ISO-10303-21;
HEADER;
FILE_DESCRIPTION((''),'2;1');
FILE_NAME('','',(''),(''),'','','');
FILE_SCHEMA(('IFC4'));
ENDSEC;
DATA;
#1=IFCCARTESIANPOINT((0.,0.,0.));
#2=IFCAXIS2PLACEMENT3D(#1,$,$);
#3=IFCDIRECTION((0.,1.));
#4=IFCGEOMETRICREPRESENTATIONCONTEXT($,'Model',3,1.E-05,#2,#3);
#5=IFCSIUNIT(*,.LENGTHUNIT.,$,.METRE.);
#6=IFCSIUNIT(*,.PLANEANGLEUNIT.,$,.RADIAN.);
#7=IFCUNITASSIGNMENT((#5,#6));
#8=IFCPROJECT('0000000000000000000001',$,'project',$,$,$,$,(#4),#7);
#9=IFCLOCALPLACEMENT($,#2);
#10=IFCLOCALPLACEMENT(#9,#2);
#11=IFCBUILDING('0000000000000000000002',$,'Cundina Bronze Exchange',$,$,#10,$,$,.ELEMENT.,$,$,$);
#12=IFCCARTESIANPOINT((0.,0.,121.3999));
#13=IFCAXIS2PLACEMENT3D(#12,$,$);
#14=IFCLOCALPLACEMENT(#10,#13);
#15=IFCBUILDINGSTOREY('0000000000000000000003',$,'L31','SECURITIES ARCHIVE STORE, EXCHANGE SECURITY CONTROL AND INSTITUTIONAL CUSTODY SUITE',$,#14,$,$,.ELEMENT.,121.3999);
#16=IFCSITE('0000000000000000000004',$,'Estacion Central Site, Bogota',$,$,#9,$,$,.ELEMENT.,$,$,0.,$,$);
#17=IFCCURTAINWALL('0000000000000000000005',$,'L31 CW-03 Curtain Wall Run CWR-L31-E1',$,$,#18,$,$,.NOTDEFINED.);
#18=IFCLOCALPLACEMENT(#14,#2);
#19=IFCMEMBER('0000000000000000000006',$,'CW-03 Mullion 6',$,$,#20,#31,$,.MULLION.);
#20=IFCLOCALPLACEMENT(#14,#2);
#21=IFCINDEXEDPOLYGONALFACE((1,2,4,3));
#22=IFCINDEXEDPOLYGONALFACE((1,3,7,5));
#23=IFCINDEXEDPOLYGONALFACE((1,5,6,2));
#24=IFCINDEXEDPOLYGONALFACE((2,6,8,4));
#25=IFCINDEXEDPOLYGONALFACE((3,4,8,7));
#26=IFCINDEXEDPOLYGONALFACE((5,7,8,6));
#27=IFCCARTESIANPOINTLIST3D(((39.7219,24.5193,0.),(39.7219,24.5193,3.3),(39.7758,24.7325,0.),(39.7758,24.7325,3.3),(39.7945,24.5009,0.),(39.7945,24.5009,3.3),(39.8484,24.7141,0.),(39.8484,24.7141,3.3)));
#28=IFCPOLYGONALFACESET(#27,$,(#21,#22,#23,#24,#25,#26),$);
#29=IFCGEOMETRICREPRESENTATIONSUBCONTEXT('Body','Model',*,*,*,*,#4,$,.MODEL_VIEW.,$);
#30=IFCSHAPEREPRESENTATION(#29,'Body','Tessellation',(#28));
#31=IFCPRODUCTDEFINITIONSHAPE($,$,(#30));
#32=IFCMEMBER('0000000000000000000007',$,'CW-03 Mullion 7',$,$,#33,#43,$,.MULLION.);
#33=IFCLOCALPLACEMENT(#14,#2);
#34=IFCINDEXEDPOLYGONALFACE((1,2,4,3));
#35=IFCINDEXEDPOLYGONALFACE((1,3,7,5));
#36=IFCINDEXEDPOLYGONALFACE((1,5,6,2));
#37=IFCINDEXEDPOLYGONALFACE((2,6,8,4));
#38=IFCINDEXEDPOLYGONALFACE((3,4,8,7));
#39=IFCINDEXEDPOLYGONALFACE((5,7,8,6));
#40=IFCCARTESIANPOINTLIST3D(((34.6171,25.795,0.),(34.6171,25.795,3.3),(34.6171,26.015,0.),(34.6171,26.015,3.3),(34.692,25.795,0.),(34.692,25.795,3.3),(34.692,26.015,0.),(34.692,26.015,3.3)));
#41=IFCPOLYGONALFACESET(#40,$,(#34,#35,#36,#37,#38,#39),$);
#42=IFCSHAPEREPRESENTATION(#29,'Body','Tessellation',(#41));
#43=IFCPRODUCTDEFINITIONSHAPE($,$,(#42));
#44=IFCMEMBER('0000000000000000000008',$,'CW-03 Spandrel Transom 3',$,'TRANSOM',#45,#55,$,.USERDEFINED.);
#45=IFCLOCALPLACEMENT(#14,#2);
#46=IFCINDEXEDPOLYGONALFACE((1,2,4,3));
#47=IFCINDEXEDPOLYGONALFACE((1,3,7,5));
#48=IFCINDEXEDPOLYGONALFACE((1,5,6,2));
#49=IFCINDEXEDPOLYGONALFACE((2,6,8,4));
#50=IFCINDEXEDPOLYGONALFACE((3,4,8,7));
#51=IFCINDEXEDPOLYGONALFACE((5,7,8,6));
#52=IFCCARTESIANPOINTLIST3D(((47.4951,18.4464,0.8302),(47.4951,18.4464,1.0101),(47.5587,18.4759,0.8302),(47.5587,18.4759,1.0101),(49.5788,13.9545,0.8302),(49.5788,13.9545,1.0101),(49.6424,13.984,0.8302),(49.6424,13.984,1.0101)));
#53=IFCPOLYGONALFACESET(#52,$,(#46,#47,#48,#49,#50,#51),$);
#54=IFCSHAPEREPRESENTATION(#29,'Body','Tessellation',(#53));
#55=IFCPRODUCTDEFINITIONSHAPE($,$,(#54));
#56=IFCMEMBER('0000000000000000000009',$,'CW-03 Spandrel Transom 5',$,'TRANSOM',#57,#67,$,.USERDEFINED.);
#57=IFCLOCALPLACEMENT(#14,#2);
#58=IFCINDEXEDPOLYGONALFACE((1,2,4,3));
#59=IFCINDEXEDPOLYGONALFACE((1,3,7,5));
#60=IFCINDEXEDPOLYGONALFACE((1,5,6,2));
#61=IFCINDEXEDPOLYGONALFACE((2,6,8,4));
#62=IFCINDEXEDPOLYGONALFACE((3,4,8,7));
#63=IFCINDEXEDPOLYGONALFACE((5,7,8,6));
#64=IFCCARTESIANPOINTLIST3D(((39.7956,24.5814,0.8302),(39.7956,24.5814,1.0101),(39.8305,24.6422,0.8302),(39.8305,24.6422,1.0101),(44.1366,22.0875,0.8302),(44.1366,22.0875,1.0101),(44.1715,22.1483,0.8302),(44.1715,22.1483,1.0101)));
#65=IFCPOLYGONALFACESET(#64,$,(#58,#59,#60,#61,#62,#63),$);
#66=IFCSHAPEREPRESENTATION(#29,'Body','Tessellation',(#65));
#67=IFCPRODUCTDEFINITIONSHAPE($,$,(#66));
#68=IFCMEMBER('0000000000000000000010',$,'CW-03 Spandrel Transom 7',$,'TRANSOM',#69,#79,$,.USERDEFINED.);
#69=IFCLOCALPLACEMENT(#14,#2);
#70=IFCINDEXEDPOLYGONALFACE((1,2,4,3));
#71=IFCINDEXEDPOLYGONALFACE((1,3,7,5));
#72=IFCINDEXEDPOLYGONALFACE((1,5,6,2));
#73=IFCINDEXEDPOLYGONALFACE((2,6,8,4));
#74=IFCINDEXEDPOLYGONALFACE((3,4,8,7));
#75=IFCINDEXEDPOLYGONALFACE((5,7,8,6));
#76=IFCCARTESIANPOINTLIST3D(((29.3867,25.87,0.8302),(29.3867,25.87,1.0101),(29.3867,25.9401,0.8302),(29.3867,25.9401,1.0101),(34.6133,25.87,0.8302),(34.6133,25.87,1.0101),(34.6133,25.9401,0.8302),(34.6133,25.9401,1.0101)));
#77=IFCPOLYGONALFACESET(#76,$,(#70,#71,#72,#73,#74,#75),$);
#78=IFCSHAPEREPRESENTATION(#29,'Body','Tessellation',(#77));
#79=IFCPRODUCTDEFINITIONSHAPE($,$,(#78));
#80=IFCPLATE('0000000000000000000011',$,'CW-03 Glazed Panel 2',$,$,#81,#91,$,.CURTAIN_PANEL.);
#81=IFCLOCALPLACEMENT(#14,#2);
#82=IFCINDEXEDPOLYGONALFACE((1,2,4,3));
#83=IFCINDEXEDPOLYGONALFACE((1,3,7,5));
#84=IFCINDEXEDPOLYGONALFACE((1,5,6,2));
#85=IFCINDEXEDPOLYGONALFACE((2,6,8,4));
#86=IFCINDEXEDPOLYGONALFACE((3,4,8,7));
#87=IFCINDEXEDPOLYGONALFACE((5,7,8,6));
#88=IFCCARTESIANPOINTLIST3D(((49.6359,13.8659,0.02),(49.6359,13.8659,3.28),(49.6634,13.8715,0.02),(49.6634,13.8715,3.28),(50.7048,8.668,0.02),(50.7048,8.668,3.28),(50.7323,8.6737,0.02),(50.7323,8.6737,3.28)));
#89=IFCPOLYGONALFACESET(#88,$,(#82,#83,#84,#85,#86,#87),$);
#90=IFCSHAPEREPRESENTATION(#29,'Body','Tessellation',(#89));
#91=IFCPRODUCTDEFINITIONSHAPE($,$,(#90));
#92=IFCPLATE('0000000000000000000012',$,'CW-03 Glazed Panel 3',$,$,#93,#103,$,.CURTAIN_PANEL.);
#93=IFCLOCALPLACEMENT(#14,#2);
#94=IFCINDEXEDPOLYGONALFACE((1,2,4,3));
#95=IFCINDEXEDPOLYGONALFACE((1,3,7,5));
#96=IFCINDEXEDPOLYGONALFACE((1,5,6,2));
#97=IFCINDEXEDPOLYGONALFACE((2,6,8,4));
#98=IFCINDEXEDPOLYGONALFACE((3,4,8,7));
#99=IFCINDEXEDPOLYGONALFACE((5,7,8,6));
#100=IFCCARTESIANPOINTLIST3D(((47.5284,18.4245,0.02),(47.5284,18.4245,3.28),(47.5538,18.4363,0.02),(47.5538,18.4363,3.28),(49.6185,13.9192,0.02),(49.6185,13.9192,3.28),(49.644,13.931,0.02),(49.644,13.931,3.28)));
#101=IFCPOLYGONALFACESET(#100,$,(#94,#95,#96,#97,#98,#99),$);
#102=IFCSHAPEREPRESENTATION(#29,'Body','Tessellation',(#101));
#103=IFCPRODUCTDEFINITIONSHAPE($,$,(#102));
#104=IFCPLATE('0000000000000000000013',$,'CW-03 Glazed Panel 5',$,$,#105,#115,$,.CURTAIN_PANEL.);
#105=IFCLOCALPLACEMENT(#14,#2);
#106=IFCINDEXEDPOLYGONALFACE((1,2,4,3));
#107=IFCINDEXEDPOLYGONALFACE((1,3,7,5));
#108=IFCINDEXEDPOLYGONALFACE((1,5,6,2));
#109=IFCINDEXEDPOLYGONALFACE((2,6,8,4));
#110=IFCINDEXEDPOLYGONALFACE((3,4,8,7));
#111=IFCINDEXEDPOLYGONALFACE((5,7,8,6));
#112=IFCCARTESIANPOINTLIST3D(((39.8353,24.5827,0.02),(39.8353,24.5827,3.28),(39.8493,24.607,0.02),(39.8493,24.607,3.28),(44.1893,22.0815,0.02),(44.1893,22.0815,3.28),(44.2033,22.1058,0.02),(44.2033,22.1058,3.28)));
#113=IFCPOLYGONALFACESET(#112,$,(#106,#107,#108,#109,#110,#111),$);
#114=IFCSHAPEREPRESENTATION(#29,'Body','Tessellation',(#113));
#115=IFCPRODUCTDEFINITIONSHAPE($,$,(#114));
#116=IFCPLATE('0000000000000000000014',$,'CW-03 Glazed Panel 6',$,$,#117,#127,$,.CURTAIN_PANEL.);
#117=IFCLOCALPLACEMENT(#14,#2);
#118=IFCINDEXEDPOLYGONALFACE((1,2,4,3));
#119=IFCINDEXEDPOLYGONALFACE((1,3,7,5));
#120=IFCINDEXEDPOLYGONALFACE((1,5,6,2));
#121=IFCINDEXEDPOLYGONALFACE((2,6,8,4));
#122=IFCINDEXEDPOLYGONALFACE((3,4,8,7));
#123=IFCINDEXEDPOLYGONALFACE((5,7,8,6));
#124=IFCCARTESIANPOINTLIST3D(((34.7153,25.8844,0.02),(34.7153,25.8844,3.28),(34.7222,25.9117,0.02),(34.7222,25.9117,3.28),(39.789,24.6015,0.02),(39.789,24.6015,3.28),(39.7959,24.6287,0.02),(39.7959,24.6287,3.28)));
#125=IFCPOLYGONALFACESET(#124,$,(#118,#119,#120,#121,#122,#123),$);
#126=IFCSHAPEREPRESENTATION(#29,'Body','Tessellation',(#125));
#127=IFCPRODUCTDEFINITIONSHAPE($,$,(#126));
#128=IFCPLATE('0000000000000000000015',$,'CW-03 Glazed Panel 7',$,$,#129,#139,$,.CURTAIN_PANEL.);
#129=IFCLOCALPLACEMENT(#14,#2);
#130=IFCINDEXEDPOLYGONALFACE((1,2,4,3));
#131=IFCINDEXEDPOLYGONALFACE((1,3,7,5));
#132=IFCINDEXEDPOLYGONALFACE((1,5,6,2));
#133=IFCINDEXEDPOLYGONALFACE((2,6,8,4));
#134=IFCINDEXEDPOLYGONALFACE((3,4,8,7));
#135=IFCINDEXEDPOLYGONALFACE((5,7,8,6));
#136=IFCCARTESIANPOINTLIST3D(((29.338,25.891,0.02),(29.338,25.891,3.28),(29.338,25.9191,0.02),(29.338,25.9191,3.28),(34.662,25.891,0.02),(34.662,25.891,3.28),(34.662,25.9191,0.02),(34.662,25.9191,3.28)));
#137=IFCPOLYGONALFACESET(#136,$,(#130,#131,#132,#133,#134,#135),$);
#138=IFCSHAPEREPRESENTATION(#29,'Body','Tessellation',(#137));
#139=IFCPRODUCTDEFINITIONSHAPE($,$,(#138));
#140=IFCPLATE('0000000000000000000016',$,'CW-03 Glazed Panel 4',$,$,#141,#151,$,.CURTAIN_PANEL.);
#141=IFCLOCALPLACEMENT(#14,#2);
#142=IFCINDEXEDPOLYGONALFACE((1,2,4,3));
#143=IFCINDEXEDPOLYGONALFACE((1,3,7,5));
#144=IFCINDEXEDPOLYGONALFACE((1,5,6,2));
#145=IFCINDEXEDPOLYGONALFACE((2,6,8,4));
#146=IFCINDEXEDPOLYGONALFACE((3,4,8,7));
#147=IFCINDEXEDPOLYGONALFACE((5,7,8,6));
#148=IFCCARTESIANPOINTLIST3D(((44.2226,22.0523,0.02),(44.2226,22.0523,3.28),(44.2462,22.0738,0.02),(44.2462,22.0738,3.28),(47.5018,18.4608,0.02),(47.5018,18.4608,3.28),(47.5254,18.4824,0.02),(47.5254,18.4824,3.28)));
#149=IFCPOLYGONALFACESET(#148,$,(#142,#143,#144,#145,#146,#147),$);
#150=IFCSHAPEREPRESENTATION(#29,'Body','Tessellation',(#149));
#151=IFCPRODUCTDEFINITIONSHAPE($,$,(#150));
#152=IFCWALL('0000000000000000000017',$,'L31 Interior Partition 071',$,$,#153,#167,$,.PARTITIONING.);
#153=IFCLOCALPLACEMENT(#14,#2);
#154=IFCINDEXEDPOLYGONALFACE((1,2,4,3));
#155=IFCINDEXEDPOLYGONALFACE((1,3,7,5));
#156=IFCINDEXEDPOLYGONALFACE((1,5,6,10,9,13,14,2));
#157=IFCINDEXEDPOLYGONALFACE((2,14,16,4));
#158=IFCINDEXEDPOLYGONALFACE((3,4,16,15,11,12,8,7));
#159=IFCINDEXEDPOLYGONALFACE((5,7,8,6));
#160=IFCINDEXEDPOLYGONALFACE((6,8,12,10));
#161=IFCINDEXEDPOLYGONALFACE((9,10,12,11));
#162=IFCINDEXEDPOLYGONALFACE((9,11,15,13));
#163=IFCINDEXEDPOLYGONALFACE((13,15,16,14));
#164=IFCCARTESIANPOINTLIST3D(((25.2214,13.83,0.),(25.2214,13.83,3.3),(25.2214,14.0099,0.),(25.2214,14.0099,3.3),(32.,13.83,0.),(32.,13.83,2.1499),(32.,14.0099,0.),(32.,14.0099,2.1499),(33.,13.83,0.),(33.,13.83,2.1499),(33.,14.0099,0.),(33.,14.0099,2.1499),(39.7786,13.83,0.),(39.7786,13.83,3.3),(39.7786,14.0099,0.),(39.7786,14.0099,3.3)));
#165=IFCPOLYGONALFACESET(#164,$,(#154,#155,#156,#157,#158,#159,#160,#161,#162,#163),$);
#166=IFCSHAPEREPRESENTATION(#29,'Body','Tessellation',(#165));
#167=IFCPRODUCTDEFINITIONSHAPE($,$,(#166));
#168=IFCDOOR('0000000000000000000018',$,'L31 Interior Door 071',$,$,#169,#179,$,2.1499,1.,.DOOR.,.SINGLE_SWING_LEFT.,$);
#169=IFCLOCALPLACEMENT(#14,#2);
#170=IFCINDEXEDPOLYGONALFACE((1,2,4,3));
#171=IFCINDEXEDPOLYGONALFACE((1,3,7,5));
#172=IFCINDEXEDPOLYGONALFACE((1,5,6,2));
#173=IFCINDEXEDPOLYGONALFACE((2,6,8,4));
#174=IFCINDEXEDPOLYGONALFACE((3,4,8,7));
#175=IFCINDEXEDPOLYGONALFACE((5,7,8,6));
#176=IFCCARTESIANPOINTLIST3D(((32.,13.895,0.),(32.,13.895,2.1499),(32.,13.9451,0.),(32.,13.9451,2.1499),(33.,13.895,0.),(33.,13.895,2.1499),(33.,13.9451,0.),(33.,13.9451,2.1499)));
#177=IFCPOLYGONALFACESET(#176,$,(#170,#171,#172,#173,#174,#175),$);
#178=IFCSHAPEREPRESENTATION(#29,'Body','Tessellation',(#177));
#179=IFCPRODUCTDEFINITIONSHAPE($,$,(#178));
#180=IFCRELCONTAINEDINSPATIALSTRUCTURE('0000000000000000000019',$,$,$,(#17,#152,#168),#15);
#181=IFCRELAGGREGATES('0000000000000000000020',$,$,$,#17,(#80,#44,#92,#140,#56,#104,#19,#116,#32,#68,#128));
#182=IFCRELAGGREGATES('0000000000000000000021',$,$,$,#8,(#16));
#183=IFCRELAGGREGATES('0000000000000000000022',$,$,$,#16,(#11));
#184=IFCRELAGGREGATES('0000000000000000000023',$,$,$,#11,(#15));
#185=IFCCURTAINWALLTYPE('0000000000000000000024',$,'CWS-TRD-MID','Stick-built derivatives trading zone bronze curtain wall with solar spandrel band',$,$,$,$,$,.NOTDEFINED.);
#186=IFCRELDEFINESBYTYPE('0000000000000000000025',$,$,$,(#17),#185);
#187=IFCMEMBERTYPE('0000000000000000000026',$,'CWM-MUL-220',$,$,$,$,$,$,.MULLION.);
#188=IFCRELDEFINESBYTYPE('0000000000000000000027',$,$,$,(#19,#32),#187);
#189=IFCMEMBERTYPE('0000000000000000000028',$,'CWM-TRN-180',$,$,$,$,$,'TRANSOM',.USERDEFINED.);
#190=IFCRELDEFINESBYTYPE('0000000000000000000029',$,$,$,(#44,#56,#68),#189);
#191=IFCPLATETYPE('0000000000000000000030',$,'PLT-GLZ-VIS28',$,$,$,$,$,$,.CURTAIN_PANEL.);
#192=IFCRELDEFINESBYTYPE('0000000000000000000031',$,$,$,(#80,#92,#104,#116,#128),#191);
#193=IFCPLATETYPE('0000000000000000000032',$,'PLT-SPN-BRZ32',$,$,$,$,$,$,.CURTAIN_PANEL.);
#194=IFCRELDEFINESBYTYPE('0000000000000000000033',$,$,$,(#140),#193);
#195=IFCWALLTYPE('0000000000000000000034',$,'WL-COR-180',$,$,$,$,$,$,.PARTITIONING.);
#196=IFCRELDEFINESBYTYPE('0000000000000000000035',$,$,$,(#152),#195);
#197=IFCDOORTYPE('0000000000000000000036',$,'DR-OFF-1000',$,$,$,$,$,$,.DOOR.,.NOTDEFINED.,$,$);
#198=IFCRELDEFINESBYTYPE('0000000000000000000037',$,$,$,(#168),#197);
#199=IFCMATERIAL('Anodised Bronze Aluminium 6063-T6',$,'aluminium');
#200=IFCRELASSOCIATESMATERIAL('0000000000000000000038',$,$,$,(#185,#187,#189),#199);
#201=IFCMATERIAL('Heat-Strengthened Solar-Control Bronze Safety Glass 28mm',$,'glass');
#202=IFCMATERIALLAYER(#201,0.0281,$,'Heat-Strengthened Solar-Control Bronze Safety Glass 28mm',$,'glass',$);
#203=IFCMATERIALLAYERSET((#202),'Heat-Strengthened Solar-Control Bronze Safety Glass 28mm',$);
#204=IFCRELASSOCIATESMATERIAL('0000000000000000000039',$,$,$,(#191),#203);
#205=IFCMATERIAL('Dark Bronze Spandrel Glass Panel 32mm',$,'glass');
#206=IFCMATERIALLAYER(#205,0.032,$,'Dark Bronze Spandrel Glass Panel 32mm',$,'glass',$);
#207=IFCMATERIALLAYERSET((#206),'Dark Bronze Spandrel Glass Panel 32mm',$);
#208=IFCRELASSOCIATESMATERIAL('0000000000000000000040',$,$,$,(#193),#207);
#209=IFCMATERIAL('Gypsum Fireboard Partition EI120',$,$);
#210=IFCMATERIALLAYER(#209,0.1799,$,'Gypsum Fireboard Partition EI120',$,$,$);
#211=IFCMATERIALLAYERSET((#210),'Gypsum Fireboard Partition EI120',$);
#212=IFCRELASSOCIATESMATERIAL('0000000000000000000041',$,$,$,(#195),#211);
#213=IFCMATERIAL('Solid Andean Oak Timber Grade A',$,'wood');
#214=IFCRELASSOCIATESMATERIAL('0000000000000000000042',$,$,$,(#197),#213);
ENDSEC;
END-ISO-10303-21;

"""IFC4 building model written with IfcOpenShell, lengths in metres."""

from ifc_helpers import new_model, si_unit, direction, frame, frame_2d, origin, origin_2d, place, context, subcontext, project, spatial, rectangle, extrude, material, layer, layer_set, material_profile, profile_set, type_object, element, fill, aggregate, save


model = new_model("IFC4")

# Units and contexts
model_context = context("Model", 3, precision=1e-05, world=origin(), true_north=direction((0.0, 1.0)))
body_context = subcontext(model_context, "Body", "Model", "MODEL_VIEW")
ifc_project = project(units=[si_unit("LENGTHUNIT", "METRE"), si_unit("PLANEANGLEUNIT", "RADIAN")], contexts=[model_context])

# Site, building, storey
site_placement = place(None, origin())
site = spatial("IfcSite", under=ifc_project, at=site_placement, Name="Estacion Central Site, Bogota", CompositionType="ELEMENT", RefElevation=0.0)
building_placement = place(site_placement, origin())
building = spatial("IfcBuilding", under=site, at=building_placement, Name="Cundina Bronze Exchange", CompositionType="ELEMENT")
storey_placement = place(building_placement, frame((0.0, 0.0, 121.3999)))
storey = spatial("IfcBuildingStorey", under=building, at=storey_placement, Name="L31", Description="SECURITIES ARCHIVE STORE, EXCHANGE SECURITY CONTROL AND INSTITUTIONAL CUSTODY SUITE", CompositionType="ELEMENT", Elevation=121.3999)

# Curtain wall, members, plates
ifc_material_1 = material(Name="Anodised Bronze Aluminium 6063-T6", Category="aluminium")
curtain_wall_type = type_object("IfcCurtainWallType", Name="CWS-TRD-MID", Description="Stick-built derivatives trading zone bronze curtain wall with solar spandrel band", PredefinedType="NOTDEFINED", material=ifc_material_1)
curtain_wall_placement = place(storey_placement, origin())
curtain_wall = element("IfcCurtainWall", 1, at=curtain_wall_placement, inside=storey, type_object=curtain_wall_type, Name="L31 CW-03 Curtain Wall Run CWR-L31-E1", PredefinedType="NOTDEFINED")
ifc_material_profile_1 = material_profile(ifc_material_1, rectangle(XDim=0.075, YDim=0.22, at=origin_2d()), Name="AL75X220", Category="aluminium")
ifc_profile_set_1 = profile_set([ifc_material_profile_1], Name="Anodised Bronze Aluminium 6063-T6")
member_type_1 = type_object("IfcMemberType", Name="CWM-MUL-220", PredefinedType="MULLION", material=ifc_profile_set_1)
member_1_placement = place(storey_placement, frame((39.7852, 24.6167, 0.0), z_axis=(0.0, 0.0, 1.0), x_axis=(-0.969488, 0.245138, 0.0)))
member_1 = element("IfcMember", 2, at=member_1_placement, type_object=member_type_1, Name="CW-03 Mullion 6", PredefinedType="MULLION", context=body_context, shape_type="SweptSolid", body=[
    extrude(rectangle(XDim=0.075, YDim=0.22, at=origin_2d()), origin(), (0.0, 0.0, 1.0), 3.3),
])
member_2_placement = place(storey_placement, frame((34.6545, 25.905, 0.0), z_axis=(0.0, 0.0, 1.0), x_axis=(-1.0, 0.0, 0.0)))
member_2 = element("IfcMember", 3, at=member_2_placement, type_object=member_type_1, Name="CW-03 Mullion 7", PredefinedType="MULLION", context=body_context, shape_type="SweptSolid", body=[
    extrude(rectangle(XDim=0.075, YDim=0.22, at=origin_2d()), origin(), (0.0, 0.0, 1.0), 3.3),
])
ifc_material_profile_2 = material_profile(ifc_material_1, rectangle(XDim=0.0701, YDim=0.1799, at=origin_2d()), Name="AL70X180", Category="aluminium")
ifc_profile_set_2 = profile_set([ifc_material_profile_2], Name="Anodised Bronze Aluminium 6063-T6")
member_type_2 = type_object("IfcMemberType", Name="CWM-TRN-180", ElementType="TRANSOM", PredefinedType="USERDEFINED", material=ifc_profile_set_2)
member_3_placement = place(storey_placement, frame((49.6106, 13.9692, 0.9202), z_axis=(-0.420811, 0.907148, 0.0), x_axis=(-0.907148, -0.420811, 0.0)))
member_3 = element("IfcMember", 4, at=member_3_placement, type_object=member_type_2, Name="CW-03 Spandrel Transom 3", ObjectType="TRANSOM", PredefinedType="USERDEFINED", context=body_context, shape_type="SweptSolid", body=[
    extrude(rectangle(XDim=0.0701, YDim=0.1799, at=origin_2d()), origin(), (0.0, 0.0, 1.0), 4.9517),
])
member_4_placement = place(storey_placement, frame((44.1541, 22.1179, 0.9202), z_axis=(-0.867097, 0.498139, 0.0), x_axis=(-0.498139, -0.867097, 0.0)))
member_4 = element("IfcMember", 5, at=member_4_placement, type_object=member_type_2, Name="CW-03 Spandrel Transom 5", ObjectType="TRANSOM", PredefinedType="USERDEFINED", context=body_context, shape_type="SweptSolid", body=[
    extrude(rectangle(XDim=0.0701, YDim=0.1799, at=origin_2d()), origin(), (0.0, 0.0, 1.0), 5.0063),
])
member_5_placement = place(storey_placement, frame((34.6133, 25.905, 0.9202), z_axis=(-1.0, 0.0, 0.0), x_axis=(0.0, -1.0, 0.0)))
member_5 = element("IfcMember", 6, at=member_5_placement, type_object=member_type_2, Name="CW-03 Spandrel Transom 7", ObjectType="TRANSOM", PredefinedType="USERDEFINED", context=body_context, shape_type="SweptSolid", body=[
    extrude(rectangle(XDim=0.0701, YDim=0.1799, at=origin_2d()), origin(), (0.0, 0.0, 1.0), 5.2266),
])
ifc_material_2 = material(Name="Heat-Strengthened Solar-Control Bronze Safety Glass 28mm", Category="glass")
ifc_layer_1 = layer(ifc_material_2, 0.0281, Name="Heat-Strengthened Solar-Control Bronze Safety Glass 28mm", Category="glass")
ifc_layer_set_1 = layer_set([ifc_layer_1], Name="Heat-Strengthened Solar-Control Bronze Safety Glass 28mm")
plate_type_1 = type_object("IfcPlateType", Name="PLT-GLZ-VIS28", PredefinedType="CURTAIN_PANEL", material=ifc_layer_set_1)
plate_1_placement = place(storey_placement, frame((50.1841, 11.2698, 0.02), z_axis=(0.0, 0.0, 1.0), x_axis=(-0.20142, 0.979505, 0.0)))
plate_1 = element("IfcPlate", 7, at=plate_1_placement, type_object=plate_type_1, Name="CW-03 Glazed Panel 2", PredefinedType="CURTAIN_PANEL", context=body_context, shape_type="SweptSolid", body=[
    extrude(rectangle(XDim=5.3066, YDim=0.0281, at=origin_2d()), origin(), (0.0, 0.0, 1.0), 3.26),
])
plate_2_placement = place(storey_placement, frame((48.5862, 16.1777, 0.02), z_axis=(0.0, 0.0, 1.0), x_axis=(-0.420846, 0.907132, 0.0)))
plate_2 = element("IfcPlate", 8, at=plate_2_placement, type_object=plate_type_1, Name="CW-03 Glazed Panel 3", PredefinedType="CURTAIN_PANEL", context=body_context, shape_type="SweptSolid", body=[
    extrude(rectangle(XDim=4.9666, YDim=0.0281, at=origin_2d()), origin(), (0.0, 0.0, 1.0), 3.26),
])
plate_3_placement = place(storey_placement, frame((42.0193, 23.3442, 0.02), z_axis=(0.0, 0.0, 1.0), x_axis=(-0.867105, 0.498125, 0.0)))
plate_3 = element("IfcPlate", 9, at=plate_3_placement, type_object=plate_type_1, Name="CW-03 Glazed Panel 5", PredefinedType="CURTAIN_PANEL", context=body_context, shape_type="SweptSolid", body=[
    extrude(rectangle(XDim=5.0212, YDim=0.0281, at=origin_2d()), origin(), (0.0, 0.0, 1.0), 3.26),
])
plate_4_placement = place(storey_placement, frame((37.2556, 25.2566, 0.02), z_axis=(0.0, 0.0, 1.0), x_axis=(-0.969488, 0.245138, 0.0)))
plate_4 = element("IfcPlate", 10, at=plate_4_placement, type_object=plate_type_1, Name="CW-03 Glazed Panel 6", PredefinedType="CURTAIN_PANEL", context=body_context, shape_type="SweptSolid", body=[
    extrude(rectangle(XDim=5.2334, YDim=0.0281, at=origin_2d()), origin(), (0.0, 0.0, 1.0), 3.26),
])
plate_5_placement = place(storey_placement, frame((32.0, 25.905, 0.02), z_axis=(0.0, 0.0, 1.0), x_axis=(-1.0, 0.0, 0.0)))
plate_5 = element("IfcPlate", 11, at=plate_5_placement, type_object=plate_type_1, Name="CW-03 Glazed Panel 7", PredefinedType="CURTAIN_PANEL", context=body_context, shape_type="SweptSolid", body=[
    extrude(rectangle(XDim=5.324, YDim=0.0281, at=origin_2d()), origin(), (0.0, 0.0, 1.0), 3.26),
])
ifc_material_3 = material(Name="Dark Bronze Spandrel Glass Panel 32mm", Category="glass")
ifc_layer_2 = layer(ifc_material_3, 0.032, Name="Dark Bronze Spandrel Glass Panel 32mm", Category="glass")
ifc_layer_set_2 = layer_set([ifc_layer_2], Name="Dark Bronze Spandrel Glass Panel 32mm")
plate_type_2 = type_object("IfcPlateType", Name="PLT-SPN-BRZ32", PredefinedType="CURTAIN_PANEL", material=ifc_layer_set_2)
plate_6_placement = place(storey_placement, frame((45.874, 20.2673, 0.02), z_axis=(0.0, 0.0, 1.0), x_axis=(-0.674277, 0.738479, 0.0)))
plate_6 = element("IfcPlate", 12, at=plate_6_placement, type_object=plate_type_2, Name="CW-03 Glazed Panel 4", PredefinedType="CURTAIN_PANEL", context=body_context, shape_type="SweptSolid", body=[
    extrude(rectangle(XDim=4.8633, YDim=0.032, at=origin_2d()), origin(), (0.0, 0.0, 1.0), 3.26),
])
aggregate(curtain_wall, [plate_1, member_3, plate_2, plate_6, member_4, plate_3, member_1, plate_4, member_2, member_5, plate_5])

# Wall, opening, door
ifc_material_4 = material(Name="Gypsum Fireboard Partition EI120")
ifc_layer_3 = layer(ifc_material_4, 0.1799, Name="Gypsum Fireboard Partition EI120")
ifc_layer_set_3 = layer_set([ifc_layer_3], Name="Gypsum Fireboard Partition EI120")
wall_type_1 = type_object("IfcWallType", Name="WL-COR-180", PredefinedType="PARTITIONING", material=ifc_layer_set_3)
wall_1_placement = place(storey_placement, frame((39.7786, 13.9199, 0.0), z_axis=(0.0, 0.0, 1.0), x_axis=(-1.0, 0.0, 0.0)))
wall_1 = element("IfcWall", 13, at=wall_1_placement, inside=storey, type_object=wall_type_1, Name="L31 Interior Partition 071", PredefinedType="PARTITIONING", context=body_context, shape_type="SweptSolid", body=[
    extrude(rectangle(XDim=14.5571, YDim=0.1799, at=frame_2d((7.2786, 0.0))), origin(), (0.0, 0.0, 1.0), 3.3),
])
opening_1_placement = place(wall_1_placement, frame((6.7786, 0.0, 0.0)))
opening_1 = element("IfcOpeningElement", 14, at=opening_1_placement, cuts=wall_1, PredefinedType="OPENING", context=body_context, shape_type="SweptSolid", body=[
    extrude(rectangle(XDim=1.0, YDim=2.1499, at=frame_2d((0.5, 1.075))), frame((0.0, 0.0999, 0.0), z_axis=(0.0, -1.0, 0.0), x_axis=(1.0, 0.0, 0.0)), (0.0, 0.0, 1.0), 0.2),
])
ifc_material_5 = material(Name="Solid Andean Oak Timber Grade A", Category="wood")
door_type = type_object("IfcDoorType", Name="DR-OFF-1000", OperationType="NOTDEFINED", PredefinedType="DOOR", material=ifc_material_5)
door_1_placement = place(opening_1_placement, origin())
door_1 = element("IfcDoor", 15, at=door_1_placement, inside=storey, type_object=door_type, Name="L31 Interior Door 071", OperationType="SINGLE_SWING_LEFT", OverallHeight=2.1499, OverallWidth=1.0, PredefinedType="DOOR", context=body_context, shape_type="SweptSolid", body=[
    extrude(rectangle(XDim=1.0, YDim=2.1499, at=frame_2d((0.5, 1.075))), frame((0.0, 0.0249, 0.0), z_axis=(0.0, -1.0, 0.0), x_axis=(1.0, 0.0, 0.0)), (0.0, 0.0, 1.0), 0.05),
])
fill(opening_1, door_1)

save(model, "model.ifc")
